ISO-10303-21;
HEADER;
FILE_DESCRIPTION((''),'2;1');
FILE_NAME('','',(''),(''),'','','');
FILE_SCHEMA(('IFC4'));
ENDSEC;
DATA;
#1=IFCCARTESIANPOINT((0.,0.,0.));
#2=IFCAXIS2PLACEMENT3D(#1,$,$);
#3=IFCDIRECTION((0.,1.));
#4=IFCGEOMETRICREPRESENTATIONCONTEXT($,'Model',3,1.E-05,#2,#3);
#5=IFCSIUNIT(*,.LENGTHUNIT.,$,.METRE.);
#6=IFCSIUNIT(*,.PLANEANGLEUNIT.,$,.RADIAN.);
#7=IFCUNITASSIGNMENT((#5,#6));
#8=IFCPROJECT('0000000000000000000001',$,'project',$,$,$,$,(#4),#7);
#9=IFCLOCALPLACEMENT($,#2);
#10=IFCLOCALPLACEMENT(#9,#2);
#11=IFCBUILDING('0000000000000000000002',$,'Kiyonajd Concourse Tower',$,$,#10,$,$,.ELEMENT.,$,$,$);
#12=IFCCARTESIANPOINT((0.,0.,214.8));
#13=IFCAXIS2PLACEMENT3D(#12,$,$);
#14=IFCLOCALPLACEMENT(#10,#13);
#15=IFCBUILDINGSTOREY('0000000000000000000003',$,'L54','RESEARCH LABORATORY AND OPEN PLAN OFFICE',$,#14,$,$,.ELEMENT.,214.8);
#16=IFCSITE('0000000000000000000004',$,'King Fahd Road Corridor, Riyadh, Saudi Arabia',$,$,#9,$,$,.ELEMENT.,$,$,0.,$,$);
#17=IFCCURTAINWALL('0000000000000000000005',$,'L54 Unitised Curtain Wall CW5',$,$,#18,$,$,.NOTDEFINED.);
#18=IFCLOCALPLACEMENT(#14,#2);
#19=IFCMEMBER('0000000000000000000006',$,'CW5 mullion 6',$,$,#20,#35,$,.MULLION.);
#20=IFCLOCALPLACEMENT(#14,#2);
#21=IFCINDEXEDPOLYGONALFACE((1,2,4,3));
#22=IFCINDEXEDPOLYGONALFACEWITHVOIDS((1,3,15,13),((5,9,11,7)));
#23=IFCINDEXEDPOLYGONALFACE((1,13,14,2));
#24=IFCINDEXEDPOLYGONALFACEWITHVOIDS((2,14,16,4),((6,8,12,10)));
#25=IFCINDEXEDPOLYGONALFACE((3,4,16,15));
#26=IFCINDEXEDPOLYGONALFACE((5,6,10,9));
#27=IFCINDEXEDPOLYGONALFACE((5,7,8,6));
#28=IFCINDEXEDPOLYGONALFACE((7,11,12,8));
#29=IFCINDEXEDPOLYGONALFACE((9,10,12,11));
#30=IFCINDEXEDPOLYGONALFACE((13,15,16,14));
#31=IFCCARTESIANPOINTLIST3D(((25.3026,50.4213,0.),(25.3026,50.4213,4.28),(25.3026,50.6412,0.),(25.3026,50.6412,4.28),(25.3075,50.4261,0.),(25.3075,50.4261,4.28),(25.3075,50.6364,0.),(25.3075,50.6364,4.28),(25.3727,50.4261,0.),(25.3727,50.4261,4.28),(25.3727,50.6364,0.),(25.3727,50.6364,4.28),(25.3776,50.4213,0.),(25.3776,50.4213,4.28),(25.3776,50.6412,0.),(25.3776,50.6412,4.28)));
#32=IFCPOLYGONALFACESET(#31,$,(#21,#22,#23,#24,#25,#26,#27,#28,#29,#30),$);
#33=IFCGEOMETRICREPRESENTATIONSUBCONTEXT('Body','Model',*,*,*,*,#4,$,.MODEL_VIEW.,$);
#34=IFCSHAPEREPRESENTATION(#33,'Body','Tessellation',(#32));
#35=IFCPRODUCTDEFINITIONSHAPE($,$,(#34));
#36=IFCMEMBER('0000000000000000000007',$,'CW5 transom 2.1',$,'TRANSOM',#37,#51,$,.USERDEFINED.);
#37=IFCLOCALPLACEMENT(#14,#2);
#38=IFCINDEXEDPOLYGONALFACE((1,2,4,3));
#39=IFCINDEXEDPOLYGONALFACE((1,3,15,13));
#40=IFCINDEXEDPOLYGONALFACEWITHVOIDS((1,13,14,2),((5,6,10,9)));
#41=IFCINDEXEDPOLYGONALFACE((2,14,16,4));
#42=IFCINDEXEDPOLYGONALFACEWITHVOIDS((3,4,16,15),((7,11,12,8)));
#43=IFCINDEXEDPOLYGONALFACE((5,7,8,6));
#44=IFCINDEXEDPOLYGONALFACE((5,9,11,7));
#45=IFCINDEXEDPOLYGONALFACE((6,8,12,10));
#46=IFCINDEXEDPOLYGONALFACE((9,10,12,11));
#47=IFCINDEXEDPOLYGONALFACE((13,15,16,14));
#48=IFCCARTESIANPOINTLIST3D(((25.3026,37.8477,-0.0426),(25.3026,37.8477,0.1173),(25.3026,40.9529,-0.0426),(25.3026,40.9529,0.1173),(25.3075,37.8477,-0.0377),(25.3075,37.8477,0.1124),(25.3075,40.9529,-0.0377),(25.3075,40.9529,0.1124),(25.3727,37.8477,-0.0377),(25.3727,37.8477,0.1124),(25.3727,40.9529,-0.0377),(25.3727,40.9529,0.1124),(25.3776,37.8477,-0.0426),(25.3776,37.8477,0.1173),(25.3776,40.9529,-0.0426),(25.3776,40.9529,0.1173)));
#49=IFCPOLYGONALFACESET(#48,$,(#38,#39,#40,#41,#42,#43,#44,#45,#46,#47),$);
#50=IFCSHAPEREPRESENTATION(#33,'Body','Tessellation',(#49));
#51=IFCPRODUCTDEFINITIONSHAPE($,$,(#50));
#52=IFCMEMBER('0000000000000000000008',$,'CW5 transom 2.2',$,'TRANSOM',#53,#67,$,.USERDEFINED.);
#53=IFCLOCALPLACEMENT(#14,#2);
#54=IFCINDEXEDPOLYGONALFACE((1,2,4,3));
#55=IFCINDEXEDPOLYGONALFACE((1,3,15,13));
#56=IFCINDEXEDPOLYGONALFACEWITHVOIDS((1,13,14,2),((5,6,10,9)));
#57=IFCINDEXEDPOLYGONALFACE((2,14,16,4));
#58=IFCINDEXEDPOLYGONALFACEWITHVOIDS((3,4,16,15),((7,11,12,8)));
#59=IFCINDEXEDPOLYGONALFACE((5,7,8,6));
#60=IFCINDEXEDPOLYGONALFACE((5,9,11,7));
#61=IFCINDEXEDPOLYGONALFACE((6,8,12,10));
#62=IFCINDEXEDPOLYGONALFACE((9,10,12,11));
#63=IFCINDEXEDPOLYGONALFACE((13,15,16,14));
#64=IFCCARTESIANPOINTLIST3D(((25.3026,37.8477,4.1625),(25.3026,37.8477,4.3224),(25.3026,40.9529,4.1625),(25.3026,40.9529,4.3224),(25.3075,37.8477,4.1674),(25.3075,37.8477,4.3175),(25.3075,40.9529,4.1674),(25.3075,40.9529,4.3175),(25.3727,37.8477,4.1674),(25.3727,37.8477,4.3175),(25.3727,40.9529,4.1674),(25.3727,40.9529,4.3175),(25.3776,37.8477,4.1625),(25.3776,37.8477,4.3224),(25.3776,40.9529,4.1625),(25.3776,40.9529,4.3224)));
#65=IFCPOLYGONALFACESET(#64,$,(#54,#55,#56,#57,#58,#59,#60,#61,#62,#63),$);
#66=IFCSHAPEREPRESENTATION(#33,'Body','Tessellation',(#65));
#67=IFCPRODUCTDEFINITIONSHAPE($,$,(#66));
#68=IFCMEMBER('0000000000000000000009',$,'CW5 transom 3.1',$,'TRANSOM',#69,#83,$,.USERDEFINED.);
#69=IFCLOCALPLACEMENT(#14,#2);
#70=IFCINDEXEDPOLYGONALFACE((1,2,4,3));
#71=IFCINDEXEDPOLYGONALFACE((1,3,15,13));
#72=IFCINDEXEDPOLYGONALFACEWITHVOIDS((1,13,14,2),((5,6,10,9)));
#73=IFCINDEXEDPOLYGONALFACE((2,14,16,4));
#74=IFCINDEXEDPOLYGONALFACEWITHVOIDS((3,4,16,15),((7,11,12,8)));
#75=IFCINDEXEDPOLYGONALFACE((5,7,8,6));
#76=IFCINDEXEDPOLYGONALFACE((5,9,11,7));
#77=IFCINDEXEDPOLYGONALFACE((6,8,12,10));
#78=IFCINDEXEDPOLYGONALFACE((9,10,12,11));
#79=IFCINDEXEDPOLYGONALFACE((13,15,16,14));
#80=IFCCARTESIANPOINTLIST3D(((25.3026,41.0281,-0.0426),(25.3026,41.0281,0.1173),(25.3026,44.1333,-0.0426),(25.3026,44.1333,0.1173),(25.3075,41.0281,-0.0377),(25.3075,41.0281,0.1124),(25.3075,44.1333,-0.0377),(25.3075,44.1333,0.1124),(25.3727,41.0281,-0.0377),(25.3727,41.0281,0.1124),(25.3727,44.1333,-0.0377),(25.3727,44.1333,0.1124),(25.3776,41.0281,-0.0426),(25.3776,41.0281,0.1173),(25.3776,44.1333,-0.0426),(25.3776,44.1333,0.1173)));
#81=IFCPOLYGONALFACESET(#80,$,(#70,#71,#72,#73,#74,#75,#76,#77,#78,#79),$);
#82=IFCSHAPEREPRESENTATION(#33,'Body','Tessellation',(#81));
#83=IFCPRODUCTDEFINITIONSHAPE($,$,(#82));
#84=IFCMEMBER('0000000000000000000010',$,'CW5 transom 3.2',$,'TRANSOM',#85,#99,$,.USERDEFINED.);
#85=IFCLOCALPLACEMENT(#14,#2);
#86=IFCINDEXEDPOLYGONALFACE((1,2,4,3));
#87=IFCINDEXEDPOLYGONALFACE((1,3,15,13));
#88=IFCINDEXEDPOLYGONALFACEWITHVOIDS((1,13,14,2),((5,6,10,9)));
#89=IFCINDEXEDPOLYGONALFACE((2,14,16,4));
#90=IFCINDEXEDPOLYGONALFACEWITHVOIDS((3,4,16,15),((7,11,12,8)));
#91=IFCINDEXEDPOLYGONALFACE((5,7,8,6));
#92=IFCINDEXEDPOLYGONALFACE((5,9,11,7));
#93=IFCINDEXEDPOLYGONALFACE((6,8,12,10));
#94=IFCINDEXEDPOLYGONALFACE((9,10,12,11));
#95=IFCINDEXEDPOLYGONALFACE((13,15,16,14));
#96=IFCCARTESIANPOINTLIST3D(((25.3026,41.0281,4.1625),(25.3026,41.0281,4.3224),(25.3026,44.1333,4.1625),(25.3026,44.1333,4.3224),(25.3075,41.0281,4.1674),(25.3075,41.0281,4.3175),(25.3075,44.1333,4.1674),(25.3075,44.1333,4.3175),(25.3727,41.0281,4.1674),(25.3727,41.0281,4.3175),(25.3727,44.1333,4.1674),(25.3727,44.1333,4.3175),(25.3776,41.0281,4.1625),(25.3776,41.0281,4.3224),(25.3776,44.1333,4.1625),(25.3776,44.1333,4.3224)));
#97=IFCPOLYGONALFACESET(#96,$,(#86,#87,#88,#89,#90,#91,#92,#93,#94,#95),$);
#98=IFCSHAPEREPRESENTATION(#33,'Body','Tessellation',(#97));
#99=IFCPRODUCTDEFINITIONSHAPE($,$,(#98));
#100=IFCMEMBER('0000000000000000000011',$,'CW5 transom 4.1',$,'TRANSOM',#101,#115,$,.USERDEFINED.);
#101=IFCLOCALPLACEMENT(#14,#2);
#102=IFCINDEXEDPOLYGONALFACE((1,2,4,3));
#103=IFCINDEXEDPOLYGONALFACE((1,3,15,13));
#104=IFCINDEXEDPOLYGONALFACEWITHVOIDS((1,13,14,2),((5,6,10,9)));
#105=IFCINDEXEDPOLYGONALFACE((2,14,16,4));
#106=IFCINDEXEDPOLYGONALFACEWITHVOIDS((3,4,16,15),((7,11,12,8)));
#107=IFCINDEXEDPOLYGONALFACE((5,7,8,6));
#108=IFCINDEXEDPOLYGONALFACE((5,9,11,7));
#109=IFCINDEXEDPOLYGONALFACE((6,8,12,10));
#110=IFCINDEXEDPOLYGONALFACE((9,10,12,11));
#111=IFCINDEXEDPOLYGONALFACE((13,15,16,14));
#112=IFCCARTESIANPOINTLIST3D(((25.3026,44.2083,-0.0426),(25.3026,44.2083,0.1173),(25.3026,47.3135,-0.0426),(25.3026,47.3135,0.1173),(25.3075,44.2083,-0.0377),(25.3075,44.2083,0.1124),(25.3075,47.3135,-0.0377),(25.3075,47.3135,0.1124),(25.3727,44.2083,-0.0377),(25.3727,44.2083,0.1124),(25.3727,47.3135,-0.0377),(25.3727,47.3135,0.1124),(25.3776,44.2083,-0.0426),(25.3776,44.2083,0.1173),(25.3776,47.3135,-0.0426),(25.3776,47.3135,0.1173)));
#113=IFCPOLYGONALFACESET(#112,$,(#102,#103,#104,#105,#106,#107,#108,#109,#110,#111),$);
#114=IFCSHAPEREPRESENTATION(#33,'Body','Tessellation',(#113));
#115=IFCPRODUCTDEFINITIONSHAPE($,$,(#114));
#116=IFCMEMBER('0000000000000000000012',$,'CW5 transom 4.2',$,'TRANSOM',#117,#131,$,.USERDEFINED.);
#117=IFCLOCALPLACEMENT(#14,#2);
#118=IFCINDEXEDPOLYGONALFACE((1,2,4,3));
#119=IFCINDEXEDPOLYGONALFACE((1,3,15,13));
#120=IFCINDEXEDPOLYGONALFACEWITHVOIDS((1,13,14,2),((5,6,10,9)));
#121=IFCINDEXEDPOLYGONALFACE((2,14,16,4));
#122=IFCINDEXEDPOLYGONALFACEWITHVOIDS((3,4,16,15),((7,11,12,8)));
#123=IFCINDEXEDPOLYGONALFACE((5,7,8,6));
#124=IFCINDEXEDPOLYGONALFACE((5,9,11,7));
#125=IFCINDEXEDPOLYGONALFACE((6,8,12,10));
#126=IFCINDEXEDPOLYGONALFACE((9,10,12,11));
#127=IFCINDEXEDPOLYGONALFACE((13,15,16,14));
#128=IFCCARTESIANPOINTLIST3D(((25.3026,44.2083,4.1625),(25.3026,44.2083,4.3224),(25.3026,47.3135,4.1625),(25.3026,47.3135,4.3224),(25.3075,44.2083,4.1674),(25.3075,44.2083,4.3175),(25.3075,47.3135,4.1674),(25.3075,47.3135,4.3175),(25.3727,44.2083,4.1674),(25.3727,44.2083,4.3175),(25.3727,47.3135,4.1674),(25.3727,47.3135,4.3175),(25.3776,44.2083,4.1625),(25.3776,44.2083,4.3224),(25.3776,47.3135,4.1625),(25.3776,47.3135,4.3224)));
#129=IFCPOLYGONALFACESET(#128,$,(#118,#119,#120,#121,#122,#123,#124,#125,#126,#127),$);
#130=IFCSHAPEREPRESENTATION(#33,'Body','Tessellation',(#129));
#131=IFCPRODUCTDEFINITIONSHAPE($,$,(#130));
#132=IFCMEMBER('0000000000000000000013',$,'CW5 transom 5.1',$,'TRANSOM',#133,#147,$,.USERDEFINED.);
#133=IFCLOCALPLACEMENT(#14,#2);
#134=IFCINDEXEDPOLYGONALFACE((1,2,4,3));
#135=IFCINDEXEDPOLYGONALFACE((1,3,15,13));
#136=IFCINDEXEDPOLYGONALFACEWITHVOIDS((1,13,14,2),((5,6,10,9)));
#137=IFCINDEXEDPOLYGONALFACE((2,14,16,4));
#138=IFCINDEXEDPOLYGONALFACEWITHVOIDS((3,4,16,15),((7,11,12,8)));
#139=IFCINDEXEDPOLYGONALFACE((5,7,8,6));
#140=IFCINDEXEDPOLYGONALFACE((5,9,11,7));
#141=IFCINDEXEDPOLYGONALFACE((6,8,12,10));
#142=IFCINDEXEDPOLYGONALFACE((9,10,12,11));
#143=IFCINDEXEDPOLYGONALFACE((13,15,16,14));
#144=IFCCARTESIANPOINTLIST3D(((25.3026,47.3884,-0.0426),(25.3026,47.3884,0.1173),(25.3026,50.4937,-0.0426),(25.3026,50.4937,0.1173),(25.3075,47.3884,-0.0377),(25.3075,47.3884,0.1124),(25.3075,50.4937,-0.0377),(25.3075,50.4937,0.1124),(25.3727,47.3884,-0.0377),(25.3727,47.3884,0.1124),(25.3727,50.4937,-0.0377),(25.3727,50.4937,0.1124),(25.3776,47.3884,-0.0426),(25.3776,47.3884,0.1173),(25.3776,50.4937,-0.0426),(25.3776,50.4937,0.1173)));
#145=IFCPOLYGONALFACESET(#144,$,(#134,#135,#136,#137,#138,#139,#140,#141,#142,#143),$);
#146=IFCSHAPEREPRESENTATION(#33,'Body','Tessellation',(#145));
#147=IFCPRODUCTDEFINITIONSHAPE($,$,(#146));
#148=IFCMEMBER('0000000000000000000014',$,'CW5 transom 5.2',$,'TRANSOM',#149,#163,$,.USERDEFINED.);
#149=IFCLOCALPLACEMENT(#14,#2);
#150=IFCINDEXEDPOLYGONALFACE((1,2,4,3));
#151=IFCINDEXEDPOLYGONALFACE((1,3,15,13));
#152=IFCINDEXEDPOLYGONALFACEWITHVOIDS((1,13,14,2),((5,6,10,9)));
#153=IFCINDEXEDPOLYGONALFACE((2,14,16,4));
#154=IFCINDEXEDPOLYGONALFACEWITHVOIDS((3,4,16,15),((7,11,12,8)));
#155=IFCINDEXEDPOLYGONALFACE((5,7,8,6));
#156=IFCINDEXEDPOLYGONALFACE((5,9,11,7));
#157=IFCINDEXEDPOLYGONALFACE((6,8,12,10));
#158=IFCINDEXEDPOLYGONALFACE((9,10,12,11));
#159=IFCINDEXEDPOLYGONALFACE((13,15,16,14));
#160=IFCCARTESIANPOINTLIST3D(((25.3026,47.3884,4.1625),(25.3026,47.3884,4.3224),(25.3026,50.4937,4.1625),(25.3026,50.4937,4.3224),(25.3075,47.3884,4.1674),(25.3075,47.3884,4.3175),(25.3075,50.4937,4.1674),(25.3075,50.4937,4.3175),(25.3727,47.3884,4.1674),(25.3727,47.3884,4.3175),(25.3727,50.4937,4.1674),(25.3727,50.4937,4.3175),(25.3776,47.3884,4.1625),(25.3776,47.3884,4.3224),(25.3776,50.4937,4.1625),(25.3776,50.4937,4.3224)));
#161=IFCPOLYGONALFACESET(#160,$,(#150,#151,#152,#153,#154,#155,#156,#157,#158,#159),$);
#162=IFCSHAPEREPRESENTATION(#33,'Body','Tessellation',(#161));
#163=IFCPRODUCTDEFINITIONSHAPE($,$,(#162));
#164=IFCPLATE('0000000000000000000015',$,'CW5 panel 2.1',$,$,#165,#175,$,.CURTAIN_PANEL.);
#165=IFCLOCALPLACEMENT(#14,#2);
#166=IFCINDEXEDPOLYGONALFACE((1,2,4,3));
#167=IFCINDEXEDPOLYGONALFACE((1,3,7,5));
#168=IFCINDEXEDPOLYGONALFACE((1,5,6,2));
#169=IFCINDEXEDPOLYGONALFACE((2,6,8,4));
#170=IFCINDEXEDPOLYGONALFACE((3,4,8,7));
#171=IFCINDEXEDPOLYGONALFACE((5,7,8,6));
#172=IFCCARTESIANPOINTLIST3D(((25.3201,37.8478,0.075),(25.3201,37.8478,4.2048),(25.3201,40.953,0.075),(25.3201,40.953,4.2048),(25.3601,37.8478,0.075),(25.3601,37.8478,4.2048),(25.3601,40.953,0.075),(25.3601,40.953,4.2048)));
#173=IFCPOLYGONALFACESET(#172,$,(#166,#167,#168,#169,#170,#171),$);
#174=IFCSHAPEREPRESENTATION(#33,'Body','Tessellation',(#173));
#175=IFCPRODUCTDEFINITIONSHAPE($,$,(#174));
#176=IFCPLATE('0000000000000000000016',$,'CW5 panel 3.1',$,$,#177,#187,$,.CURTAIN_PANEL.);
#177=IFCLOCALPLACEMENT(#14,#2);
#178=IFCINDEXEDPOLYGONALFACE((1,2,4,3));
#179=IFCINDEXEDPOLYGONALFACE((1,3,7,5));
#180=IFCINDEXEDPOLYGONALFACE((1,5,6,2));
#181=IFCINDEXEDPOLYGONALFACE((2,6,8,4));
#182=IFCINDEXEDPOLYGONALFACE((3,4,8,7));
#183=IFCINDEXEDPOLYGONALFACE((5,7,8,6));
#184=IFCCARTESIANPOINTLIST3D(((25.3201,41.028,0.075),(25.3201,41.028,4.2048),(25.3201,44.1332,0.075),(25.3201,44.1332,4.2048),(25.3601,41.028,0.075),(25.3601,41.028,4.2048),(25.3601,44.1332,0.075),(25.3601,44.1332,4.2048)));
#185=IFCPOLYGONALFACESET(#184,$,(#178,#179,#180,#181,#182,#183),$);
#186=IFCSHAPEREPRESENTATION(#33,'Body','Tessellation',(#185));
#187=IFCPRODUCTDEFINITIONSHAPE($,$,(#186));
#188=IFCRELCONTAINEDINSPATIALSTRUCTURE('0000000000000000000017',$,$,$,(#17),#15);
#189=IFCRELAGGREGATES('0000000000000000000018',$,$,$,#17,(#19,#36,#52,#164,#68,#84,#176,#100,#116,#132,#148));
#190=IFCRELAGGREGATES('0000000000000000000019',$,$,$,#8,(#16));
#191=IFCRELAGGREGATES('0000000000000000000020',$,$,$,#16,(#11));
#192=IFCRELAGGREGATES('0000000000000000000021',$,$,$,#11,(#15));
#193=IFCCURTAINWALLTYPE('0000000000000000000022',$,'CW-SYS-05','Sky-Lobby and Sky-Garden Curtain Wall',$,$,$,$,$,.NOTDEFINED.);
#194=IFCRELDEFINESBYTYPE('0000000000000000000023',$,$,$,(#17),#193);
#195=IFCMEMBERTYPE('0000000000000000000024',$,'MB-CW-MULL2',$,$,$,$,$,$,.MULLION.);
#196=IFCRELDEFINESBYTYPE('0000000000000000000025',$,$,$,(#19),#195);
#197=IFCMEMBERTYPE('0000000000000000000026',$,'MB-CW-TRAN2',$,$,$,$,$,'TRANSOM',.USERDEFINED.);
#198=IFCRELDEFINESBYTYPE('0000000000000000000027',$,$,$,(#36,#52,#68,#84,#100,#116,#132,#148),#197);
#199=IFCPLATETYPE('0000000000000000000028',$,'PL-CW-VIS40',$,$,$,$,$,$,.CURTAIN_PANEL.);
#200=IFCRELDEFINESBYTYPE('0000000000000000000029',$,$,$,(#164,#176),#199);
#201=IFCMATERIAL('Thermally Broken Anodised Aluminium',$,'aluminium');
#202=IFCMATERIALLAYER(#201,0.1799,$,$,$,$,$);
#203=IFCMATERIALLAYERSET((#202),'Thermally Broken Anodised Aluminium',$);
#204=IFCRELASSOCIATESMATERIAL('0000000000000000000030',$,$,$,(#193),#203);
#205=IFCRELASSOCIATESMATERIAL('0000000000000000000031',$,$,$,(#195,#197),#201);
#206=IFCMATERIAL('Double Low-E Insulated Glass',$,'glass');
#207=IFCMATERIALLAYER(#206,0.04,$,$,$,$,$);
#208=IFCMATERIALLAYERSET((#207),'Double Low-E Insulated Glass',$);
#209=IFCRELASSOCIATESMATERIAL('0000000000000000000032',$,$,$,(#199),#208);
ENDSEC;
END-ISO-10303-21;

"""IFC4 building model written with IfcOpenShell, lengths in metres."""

from ifc_helpers import new_model, si_unit, direction, frame, origin, origin_2d, place, context, subcontext, project, spatial, rectangle, hollow_rectangle, extrude, material, layer, layer_set, material_profile, profile_set, type_object, element, aggregate, save


model = new_model("IFC4")

# Units and contexts
model_context = context("Model", 3, precision=1e-05, world=origin(), true_north=direction((0.0, 1.0)))
body_context = subcontext(model_context, "Body", "Model", "MODEL_VIEW")
ifc_project = project(units=[si_unit("LENGTHUNIT", "METRE"), si_unit("PLANEANGLEUNIT", "RADIAN")], contexts=[model_context])

# Site, building, storey
site_placement = place(None, origin())
site = spatial("IfcSite", under=ifc_project, at=site_placement, Name="King Fahd Road Corridor, Riyadh, Saudi Arabia", CompositionType="ELEMENT", RefElevation=0.0)
building_placement = place(site_placement, origin())
building = spatial("IfcBuilding", under=site, at=building_placement, Name="Kiyonajd Concourse Tower", CompositionType="ELEMENT")
storey_placement = place(building_placement, frame((0.0, 0.0, 214.8)))
storey = spatial("IfcBuildingStorey", under=building, at=storey_placement, Name="L54", Description="RESEARCH LABORATORY AND OPEN PLAN OFFICE", CompositionType="ELEMENT", Elevation=214.8)

# Curtain wall, members, plates
ifc_material_1 = material(Name="Thermally Broken Anodised Aluminium", Category="aluminium")
ifc_layer_1 = layer(ifc_material_1, 0.1799)
ifc_layer_set_1 = layer_set([ifc_layer_1], Name="Thermally Broken Anodised Aluminium")
curtain_wall_type = type_object("IfcCurtainWallType", Name="CW-SYS-05", Description="Sky-Lobby and Sky-Garden Curtain Wall", PredefinedType="NOTDEFINED", material=ifc_layer_set_1)
curtain_wall_placement = place(storey_placement, origin())
curtain_wall = element("IfcCurtainWall", 1, at=curtain_wall_placement, inside=storey, type_object=curtain_wall_type, Name="L54 Unitised Curtain Wall CW5", PredefinedType="NOTDEFINED")
ifc_material_profile_1 = material_profile(ifc_material_1, hollow_rectangle(XDim=0.075, YDim=0.22, WallThickness=0.0049, at=origin_2d()), Name="MULL-75x220")
ifc_profile_set_1 = profile_set([ifc_material_profile_1], Name="Thermally Broken Anodised Aluminium")
member_type_1 = type_object("IfcMemberType", Name="MB-CW-MULL2", PredefinedType="MULLION", material=ifc_profile_set_1)
member_1_placement = place(storey_placement, frame((25.3401, 50.5312, 0.0), z_axis=(0.0, 0.0, 1.0), x_axis=(-1.0, 0.0, 0.0)))
member_1 = element("IfcMember", 2, at=member_1_placement, type_object=member_type_1, Name="CW5 mullion 6", PredefinedType="MULLION", context=body_context, shape_type="SweptSolid", body=[
    extrude(hollow_rectangle(XDim=0.075, YDim=0.22, WallThickness=0.0049, at=origin_2d()), origin(), (0.0, 0.0, 1.0), 4.28),
])
ifc_material_profile_2 = material_profile(ifc_material_1, hollow_rectangle(XDim=0.075, YDim=0.1599, WallThickness=0.0049, at=origin_2d()), Name="TRAN-75x160")
ifc_profile_set_2 = profile_set([ifc_material_profile_2], Name="Thermally Broken Anodised Aluminium")
member_type_2 = type_object("IfcMemberType", Name="MB-CW-TRAN2", ElementType="TRANSOM", PredefinedType="USERDEFINED", material=ifc_profile_set_2)
member_2_placement = place(storey_placement, frame((25.3401, 37.8477, 0.0374), z_axis=(0.0, 1.0, 0.0), x_axis=(-1.0, 0.0, 0.0)))
member_2 = element("IfcMember", 3, at=member_2_placement, type_object=member_type_2, Name="CW5 transom 2.1", ObjectType="TRANSOM", PredefinedType="USERDEFINED", context=body_context, shape_type="SweptSolid", body=[
    extrude(hollow_rectangle(XDim=0.075, YDim=0.1599, WallThickness=0.0049, at=origin_2d()), origin(), (0.0, 0.0, 1.0), 3.1052),
])
member_3_placement = place(storey_placement, frame((25.3401, 37.8477, 4.2424), z_axis=(0.0, 1.0, 0.0), x_axis=(-1.0, 0.0, 0.0)))
member_3 = element("IfcMember", 4, at=member_3_placement, type_object=member_type_2, Name="CW5 transom 2.2", ObjectType="TRANSOM", PredefinedType="USERDEFINED", context=body_context, shape_type="SweptSolid", body=[
    extrude(hollow_rectangle(XDim=0.075, YDim=0.1599, WallThickness=0.0049, at=origin_2d()), origin(), (0.0, 0.0, 1.0), 3.1052),
])
member_4_placement = place(storey_placement, frame((25.3401, 41.0281, 0.0374), z_axis=(0.0, 1.0, 0.0), x_axis=(-1.0, 0.0, 0.0)))
member_4 = element("IfcMember", 5, at=member_4_placement, type_object=member_type_2, Name="CW5 transom 3.1", ObjectType="TRANSOM", PredefinedType="USERDEFINED", context=body_context, shape_type="SweptSolid", body=[
    extrude(hollow_rectangle(XDim=0.075, YDim=0.1599, WallThickness=0.0049, at=origin_2d()), origin(), (0.0, 0.0, 1.0), 3.1052),
])
member_5_placement = place(storey_placement, frame((25.3401, 41.0281, 4.2424), z_axis=(0.0, 1.0, 0.0), x_axis=(-1.0, 0.0, 0.0)))
member_5 = element("IfcMember", 6, at=member_5_placement, type_object=member_type_2, Name="CW5 transom 3.2", ObjectType="TRANSOM", PredefinedType="USERDEFINED", context=body_context, shape_type="SweptSolid", body=[
    extrude(hollow_rectangle(XDim=0.075, YDim=0.1599, WallThickness=0.0049, at=origin_2d()), origin(), (0.0, 0.0, 1.0), 3.1052),
])
member_6_placement = place(storey_placement, frame((25.3401, 44.2083, 0.0374), z_axis=(0.0, 1.0, 0.0), x_axis=(-1.0, 0.0, 0.0)))
member_6 = element("IfcMember", 7, at=member_6_placement, type_object=member_type_2, Name="CW5 transom 4.1", ObjectType="TRANSOM", PredefinedType="USERDEFINED", context=body_context, shape_type="SweptSolid", body=[
    extrude(hollow_rectangle(XDim=0.075, YDim=0.1599, WallThickness=0.0049, at=origin_2d()), origin(), (0.0, 0.0, 1.0), 3.1052),
])
member_7_placement = place(storey_placement, frame((25.3401, 44.2083, 4.2424), z_axis=(0.0, 1.0, 0.0), x_axis=(-1.0, 0.0, 0.0)))
member_7 = element("IfcMember", 8, at=member_7_placement, type_object=member_type_2, Name="CW5 transom 4.2", ObjectType="TRANSOM", PredefinedType="USERDEFINED", context=body_context, shape_type="SweptSolid", body=[
    extrude(hollow_rectangle(XDim=0.075, YDim=0.1599, WallThickness=0.0049, at=origin_2d()), origin(), (0.0, 0.0, 1.0), 3.1052),
])
member_8_placement = place(storey_placement, frame((25.3401, 47.3884, 0.0374), z_axis=(0.0, 1.0, 0.0), x_axis=(-1.0, 0.0, 0.0)))
member_8 = element("IfcMember", 9, at=member_8_placement, type_object=member_type_2, Name="CW5 transom 5.1", ObjectType="TRANSOM", PredefinedType="USERDEFINED", context=body_context, shape_type="SweptSolid", body=[
    extrude(hollow_rectangle(XDim=0.075, YDim=0.1599, WallThickness=0.0049, at=origin_2d()), origin(), (0.0, 0.0, 1.0), 3.1052),
])
member_9_placement = place(storey_placement, frame((25.3401, 47.3884, 4.2424), z_axis=(0.0, 1.0, 0.0), x_axis=(-1.0, 0.0, 0.0)))
member_9 = element("IfcMember", 10, at=member_9_placement, type_object=member_type_2, Name="CW5 transom 5.2", ObjectType="TRANSOM", PredefinedType="USERDEFINED", context=body_context, shape_type="SweptSolid", body=[
    extrude(hollow_rectangle(XDim=0.075, YDim=0.1599, WallThickness=0.0049, at=origin_2d()), origin(), (0.0, 0.0, 1.0), 3.1052),
])
ifc_material_2 = material(Name="Double Low-E Insulated Glass", Category="glass")
ifc_layer_2 = layer(ifc_material_2, 0.04)
ifc_layer_set_2 = layer_set([ifc_layer_2], Name="Double Low-E Insulated Glass")
plate_type = type_object("IfcPlateType", Name="PL-CW-VIS40", PredefinedType="CURTAIN_PANEL", material=ifc_layer_set_2)
plate_1_placement = place(storey_placement, frame((25.3401, 39.4004, 0.075), z_axis=(0.0, 0.0, 1.0), x_axis=(0.0, 1.0, 0.0)))
plate_1 = element("IfcPlate", 11, at=plate_1_placement, type_object=plate_type, Name="CW5 panel 2.1", PredefinedType="CURTAIN_PANEL", context=body_context, shape_type="SweptSolid", body=[
    extrude(rectangle(XDim=3.1052, YDim=0.04, at=origin_2d()), origin(), (0.0, 0.0, 1.0), 4.1299),
])
plate_2_placement = place(storey_placement, frame((25.3401, 42.5806, 0.075), z_axis=(0.0, 0.0, 1.0), x_axis=(0.0, 1.0, 0.0)))
plate_2 = element("IfcPlate", 12, at=plate_2_placement, type_object=plate_type, Name="CW5 panel 3.1", PredefinedType="CURTAIN_PANEL", context=body_context, shape_type="SweptSolid", body=[
    extrude(rectangle(XDim=3.1052, YDim=0.04, at=origin_2d()), origin(), (0.0, 0.0, 1.0), 4.1299),
])
aggregate(curtain_wall, [member_1, member_2, member_3, plate_1, member_4, member_5, plate_2, member_6, member_7, member_8, member_9])

save(model, "model.ifc")
